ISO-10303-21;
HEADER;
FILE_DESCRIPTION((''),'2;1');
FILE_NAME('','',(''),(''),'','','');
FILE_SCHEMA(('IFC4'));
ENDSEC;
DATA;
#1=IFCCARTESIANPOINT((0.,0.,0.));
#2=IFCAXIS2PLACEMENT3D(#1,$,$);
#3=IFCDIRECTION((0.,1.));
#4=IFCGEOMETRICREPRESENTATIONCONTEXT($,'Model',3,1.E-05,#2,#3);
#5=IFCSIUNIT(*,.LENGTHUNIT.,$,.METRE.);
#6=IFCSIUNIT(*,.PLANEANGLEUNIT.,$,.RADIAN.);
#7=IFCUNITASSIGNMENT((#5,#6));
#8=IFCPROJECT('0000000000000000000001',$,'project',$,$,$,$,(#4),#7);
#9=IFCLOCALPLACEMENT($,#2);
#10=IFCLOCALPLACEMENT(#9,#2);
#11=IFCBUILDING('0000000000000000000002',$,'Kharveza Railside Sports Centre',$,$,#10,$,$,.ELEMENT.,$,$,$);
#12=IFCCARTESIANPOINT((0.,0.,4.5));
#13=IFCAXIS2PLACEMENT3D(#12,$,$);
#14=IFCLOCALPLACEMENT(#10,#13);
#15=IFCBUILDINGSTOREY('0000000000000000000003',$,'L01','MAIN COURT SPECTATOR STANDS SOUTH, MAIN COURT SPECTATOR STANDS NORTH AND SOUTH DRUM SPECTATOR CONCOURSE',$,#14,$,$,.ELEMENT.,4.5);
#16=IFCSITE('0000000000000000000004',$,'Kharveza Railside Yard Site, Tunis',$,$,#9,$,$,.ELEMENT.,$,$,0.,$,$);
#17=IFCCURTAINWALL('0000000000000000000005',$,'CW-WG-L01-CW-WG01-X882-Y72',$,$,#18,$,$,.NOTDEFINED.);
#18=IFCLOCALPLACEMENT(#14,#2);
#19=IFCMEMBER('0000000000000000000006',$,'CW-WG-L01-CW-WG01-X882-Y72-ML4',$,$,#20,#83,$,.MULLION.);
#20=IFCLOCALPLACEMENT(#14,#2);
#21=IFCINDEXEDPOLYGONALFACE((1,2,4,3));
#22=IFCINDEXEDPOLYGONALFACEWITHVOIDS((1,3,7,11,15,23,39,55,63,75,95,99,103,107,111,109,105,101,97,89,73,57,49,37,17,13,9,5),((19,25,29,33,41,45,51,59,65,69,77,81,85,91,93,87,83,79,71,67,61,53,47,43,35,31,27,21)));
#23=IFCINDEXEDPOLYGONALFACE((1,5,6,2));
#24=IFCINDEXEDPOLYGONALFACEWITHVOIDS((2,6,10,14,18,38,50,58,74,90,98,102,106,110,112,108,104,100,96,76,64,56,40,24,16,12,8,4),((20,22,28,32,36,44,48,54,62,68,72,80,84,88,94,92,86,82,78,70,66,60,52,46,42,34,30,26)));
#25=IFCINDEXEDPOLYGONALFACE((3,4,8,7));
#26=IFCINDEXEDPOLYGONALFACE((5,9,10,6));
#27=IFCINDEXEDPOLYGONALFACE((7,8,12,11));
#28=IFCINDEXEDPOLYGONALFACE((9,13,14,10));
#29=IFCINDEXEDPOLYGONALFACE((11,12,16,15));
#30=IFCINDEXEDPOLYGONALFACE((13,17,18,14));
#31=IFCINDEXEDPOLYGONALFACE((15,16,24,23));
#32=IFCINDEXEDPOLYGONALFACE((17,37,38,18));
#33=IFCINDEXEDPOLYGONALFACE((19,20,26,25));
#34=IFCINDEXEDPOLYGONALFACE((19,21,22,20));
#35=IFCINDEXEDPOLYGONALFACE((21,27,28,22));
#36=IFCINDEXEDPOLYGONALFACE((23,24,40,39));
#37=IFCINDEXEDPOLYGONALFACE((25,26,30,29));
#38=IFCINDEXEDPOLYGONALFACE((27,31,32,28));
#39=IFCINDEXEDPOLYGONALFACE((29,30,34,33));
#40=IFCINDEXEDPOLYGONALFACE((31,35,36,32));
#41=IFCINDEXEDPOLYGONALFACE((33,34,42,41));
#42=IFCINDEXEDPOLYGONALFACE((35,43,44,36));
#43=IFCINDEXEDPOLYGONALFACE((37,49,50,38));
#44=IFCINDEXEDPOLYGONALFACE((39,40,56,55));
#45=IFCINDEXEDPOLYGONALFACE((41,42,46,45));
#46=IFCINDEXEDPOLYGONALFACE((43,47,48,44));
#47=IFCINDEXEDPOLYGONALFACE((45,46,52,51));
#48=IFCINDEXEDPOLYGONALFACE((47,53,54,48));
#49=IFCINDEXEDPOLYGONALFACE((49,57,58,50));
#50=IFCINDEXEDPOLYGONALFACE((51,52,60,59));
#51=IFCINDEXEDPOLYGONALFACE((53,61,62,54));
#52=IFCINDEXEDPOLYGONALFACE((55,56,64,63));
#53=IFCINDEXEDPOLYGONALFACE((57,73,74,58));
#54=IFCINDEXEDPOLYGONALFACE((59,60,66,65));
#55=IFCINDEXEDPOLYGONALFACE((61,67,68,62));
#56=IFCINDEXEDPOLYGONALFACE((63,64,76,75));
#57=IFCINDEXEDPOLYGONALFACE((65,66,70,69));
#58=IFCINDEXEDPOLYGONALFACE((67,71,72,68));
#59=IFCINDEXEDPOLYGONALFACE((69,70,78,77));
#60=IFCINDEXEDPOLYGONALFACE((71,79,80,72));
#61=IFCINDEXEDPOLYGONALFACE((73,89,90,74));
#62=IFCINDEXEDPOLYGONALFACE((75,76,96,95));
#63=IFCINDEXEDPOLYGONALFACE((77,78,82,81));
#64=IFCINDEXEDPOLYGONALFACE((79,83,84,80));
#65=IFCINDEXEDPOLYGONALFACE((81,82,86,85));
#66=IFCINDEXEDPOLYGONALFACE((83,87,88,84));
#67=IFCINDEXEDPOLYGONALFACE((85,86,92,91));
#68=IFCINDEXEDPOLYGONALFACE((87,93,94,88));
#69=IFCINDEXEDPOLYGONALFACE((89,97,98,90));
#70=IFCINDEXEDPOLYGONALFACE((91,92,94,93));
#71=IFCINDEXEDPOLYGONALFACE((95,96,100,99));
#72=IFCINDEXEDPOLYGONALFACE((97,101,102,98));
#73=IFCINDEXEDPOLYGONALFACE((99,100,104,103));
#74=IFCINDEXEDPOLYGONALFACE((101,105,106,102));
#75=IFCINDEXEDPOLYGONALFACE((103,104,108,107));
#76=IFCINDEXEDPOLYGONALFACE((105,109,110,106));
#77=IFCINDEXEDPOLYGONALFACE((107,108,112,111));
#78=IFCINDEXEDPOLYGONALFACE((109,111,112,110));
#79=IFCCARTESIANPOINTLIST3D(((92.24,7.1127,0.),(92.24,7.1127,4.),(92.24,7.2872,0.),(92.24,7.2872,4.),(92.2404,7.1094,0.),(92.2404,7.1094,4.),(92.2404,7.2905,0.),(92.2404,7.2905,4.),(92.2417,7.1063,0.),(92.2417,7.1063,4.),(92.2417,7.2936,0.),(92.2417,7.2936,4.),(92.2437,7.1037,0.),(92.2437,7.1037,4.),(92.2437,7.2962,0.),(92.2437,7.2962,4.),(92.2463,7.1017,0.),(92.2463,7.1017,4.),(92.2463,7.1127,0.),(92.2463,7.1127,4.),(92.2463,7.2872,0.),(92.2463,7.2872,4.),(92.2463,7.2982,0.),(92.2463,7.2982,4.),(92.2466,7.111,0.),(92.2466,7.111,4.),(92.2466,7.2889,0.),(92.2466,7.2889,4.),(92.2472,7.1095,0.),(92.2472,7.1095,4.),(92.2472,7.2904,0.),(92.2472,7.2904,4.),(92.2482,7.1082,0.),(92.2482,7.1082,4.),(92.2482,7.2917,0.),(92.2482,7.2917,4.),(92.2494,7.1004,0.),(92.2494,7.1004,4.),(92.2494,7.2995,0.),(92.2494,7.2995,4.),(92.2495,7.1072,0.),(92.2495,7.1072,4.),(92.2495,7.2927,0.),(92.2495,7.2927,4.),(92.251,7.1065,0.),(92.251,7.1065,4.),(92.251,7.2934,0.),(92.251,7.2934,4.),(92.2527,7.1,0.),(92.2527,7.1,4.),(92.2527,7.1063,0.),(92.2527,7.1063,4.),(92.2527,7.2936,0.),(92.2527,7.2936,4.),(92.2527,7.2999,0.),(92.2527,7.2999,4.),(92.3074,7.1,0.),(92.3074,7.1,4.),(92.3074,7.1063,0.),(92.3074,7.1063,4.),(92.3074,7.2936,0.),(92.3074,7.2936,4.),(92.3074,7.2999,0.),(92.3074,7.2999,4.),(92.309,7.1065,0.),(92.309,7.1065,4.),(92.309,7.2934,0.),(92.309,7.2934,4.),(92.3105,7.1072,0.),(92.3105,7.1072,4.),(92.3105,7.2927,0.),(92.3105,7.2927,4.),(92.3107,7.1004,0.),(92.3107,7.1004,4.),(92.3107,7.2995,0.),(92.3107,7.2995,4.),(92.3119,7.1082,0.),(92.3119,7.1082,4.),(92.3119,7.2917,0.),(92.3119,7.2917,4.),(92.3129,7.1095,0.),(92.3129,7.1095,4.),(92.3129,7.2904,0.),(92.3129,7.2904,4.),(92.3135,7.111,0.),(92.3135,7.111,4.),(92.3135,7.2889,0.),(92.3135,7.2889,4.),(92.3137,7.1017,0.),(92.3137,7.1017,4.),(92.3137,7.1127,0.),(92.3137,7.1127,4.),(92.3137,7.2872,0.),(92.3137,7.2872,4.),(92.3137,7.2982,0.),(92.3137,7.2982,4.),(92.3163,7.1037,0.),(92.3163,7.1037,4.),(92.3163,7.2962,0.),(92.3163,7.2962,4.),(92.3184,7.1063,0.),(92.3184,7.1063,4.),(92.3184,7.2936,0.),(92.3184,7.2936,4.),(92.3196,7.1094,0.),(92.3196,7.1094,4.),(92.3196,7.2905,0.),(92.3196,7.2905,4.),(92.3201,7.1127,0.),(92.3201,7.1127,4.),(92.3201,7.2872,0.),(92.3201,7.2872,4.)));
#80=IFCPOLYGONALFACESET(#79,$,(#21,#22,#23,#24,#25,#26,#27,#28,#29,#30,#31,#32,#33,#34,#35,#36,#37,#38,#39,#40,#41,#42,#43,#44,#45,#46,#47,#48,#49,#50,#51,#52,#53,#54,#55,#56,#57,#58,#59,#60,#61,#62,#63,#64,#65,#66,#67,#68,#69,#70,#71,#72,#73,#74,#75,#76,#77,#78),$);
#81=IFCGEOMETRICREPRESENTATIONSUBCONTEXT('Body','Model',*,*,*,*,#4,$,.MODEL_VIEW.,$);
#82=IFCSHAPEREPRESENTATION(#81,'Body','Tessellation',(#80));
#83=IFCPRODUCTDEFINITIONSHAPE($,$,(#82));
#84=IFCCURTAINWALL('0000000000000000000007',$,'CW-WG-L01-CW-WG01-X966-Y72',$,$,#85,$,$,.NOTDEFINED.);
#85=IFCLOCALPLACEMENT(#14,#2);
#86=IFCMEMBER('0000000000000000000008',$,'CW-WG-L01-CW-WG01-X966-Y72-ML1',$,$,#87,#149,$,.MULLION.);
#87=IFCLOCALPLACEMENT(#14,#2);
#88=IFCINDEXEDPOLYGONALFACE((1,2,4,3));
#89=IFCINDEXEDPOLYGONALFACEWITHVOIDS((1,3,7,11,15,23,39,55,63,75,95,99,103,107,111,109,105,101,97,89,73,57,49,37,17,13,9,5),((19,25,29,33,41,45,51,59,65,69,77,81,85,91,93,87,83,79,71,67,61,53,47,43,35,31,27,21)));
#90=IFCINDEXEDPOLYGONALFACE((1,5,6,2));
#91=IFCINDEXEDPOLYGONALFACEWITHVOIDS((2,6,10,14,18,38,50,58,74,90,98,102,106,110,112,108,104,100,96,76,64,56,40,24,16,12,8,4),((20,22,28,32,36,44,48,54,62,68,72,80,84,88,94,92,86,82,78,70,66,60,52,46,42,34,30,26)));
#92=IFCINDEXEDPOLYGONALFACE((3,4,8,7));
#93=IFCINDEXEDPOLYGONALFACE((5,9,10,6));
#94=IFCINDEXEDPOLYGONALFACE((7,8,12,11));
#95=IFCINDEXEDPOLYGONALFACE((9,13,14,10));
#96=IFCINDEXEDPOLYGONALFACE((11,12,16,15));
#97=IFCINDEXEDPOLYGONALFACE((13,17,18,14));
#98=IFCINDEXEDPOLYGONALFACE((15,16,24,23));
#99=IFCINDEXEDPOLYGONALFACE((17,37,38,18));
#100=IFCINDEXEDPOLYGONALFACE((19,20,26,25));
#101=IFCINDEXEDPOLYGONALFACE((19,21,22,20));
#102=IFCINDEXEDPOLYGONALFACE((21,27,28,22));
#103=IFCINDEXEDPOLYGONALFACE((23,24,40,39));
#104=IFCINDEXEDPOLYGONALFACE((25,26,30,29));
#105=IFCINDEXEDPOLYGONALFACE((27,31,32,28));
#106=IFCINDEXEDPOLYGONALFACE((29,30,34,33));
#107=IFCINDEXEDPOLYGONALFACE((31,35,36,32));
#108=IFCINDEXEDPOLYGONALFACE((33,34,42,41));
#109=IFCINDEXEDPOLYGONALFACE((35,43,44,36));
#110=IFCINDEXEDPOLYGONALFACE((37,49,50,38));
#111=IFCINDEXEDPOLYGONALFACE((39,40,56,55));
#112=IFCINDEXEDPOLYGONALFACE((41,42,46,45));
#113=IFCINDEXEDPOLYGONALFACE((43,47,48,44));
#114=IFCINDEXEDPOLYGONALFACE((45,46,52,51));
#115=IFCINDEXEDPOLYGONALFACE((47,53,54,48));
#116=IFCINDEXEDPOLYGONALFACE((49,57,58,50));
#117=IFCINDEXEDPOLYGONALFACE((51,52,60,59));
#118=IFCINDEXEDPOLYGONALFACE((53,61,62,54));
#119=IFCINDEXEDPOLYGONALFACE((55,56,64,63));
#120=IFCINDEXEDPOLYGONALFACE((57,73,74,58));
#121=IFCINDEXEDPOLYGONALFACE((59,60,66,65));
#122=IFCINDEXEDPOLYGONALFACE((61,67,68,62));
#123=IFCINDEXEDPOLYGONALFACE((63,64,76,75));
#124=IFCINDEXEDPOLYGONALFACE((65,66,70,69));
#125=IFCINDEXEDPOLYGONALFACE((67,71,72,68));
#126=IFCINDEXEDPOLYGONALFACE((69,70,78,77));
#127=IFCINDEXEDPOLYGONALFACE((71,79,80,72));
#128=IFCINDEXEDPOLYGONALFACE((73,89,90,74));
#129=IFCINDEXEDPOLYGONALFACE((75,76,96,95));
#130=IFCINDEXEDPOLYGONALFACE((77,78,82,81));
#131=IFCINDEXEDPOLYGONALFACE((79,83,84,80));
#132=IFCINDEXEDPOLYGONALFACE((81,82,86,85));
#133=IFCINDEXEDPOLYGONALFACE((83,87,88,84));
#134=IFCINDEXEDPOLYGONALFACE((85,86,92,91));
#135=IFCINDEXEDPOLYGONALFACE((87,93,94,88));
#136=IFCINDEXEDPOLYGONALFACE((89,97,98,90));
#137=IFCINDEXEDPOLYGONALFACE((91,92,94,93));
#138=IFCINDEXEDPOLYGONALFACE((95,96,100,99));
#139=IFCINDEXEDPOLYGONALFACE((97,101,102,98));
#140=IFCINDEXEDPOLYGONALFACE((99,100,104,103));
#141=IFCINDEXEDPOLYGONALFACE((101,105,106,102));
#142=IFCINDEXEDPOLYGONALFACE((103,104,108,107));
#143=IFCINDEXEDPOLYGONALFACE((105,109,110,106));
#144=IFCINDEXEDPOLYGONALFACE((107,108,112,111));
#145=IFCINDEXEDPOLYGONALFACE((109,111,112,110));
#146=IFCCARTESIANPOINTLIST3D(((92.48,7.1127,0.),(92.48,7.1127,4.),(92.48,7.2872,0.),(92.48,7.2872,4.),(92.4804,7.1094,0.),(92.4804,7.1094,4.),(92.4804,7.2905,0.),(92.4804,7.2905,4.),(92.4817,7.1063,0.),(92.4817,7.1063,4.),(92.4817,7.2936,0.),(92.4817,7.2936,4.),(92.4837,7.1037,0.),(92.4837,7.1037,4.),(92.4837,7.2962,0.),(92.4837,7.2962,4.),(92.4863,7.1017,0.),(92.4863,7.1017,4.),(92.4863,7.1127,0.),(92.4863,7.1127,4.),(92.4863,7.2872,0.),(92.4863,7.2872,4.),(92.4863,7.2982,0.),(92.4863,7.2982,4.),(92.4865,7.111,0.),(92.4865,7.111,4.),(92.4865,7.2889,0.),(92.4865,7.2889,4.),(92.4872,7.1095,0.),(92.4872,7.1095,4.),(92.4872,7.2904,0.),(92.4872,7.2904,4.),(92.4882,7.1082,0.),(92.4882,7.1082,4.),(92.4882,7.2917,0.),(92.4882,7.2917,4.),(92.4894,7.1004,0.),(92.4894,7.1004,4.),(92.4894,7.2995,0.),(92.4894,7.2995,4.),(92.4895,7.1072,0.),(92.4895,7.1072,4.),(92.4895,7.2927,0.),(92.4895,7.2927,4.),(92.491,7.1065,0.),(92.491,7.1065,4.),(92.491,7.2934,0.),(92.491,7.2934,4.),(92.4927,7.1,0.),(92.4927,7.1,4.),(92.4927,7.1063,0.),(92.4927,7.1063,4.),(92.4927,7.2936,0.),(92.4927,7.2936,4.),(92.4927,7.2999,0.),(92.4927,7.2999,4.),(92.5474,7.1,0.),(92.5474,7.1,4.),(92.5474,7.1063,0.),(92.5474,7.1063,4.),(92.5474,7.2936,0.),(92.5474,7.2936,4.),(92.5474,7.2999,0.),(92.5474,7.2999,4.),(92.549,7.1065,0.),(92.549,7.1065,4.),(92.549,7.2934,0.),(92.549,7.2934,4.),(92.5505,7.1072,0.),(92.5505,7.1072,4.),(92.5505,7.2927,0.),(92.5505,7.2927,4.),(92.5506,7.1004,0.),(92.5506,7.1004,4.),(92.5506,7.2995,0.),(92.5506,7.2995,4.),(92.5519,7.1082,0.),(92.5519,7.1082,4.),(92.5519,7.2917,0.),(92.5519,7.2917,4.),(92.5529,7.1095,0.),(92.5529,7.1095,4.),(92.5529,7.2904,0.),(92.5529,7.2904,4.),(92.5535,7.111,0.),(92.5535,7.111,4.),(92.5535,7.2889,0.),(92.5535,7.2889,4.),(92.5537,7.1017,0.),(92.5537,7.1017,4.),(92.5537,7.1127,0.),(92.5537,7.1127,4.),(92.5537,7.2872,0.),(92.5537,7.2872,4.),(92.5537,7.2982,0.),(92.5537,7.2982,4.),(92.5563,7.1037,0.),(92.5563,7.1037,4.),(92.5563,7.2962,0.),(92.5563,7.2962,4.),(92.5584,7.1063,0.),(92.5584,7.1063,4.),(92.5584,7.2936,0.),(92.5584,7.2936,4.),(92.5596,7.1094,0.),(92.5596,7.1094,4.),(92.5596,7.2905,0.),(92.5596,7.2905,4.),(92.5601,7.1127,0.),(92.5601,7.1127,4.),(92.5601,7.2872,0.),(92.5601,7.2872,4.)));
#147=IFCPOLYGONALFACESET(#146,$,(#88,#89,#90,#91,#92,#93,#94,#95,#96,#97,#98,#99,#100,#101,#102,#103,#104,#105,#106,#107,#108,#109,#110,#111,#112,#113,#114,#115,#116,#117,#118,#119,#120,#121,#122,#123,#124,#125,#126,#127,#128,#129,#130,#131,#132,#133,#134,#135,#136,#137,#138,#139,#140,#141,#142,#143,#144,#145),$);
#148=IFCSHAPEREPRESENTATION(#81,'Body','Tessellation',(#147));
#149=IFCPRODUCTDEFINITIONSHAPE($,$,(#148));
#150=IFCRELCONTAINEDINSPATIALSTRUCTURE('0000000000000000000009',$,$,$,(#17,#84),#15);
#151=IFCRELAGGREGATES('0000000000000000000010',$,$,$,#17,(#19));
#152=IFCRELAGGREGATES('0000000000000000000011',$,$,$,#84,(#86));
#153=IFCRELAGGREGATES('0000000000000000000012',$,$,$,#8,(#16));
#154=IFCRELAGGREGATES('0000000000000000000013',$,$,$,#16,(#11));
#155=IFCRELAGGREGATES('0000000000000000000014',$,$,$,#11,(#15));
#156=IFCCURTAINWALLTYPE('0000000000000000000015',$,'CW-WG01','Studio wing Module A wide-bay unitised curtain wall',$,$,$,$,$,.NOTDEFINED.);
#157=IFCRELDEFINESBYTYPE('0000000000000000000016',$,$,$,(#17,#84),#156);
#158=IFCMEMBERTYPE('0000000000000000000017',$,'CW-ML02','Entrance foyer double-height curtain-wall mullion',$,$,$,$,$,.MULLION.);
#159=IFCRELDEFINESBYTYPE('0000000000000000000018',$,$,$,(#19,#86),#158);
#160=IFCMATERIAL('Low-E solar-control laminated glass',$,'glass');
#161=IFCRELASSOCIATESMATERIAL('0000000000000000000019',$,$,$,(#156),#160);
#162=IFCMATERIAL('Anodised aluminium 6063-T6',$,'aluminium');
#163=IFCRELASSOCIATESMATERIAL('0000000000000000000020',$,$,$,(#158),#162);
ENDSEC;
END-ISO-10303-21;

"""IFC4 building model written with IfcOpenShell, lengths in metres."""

from ifc_helpers import new_model, si_unit, direction, frame, origin, origin_2d, place, context, subcontext, project, spatial, hollow_rectangle, extrude, material, material_profile, profile_set, type_object, element, aggregate, save


model = new_model("IFC4")

# Units and contexts
model_context = context("Model", 3, precision=1e-05, world=origin(), true_north=direction((0.0, 1.0)))
body_context = subcontext(model_context, "Body", "Model", "MODEL_VIEW")
ifc_project = project(units=[si_unit("LENGTHUNIT", "METRE"), si_unit("PLANEANGLEUNIT", "RADIAN")], contexts=[model_context])

# Site, building, storey
site_placement = place(None, origin())
site = spatial("IfcSite", under=ifc_project, at=site_placement, Name="Kharveza Railside Yard Site, Tunis", CompositionType="ELEMENT", RefElevation=0.0)
building_placement = place(site_placement, origin())
building = spatial("IfcBuilding", under=site, at=building_placement, Name="Kharveza Railside Sports Centre", CompositionType="ELEMENT")
storey_placement = place(building_placement, frame((0.0, 0.0, 4.5)))
storey = spatial("IfcBuildingStorey", under=building, at=storey_placement, Name="L01", Description="MAIN COURT SPECTATOR STANDS SOUTH, MAIN COURT SPECTATOR STANDS NORTH AND SOUTH DRUM SPECTATOR CONCOURSE", CompositionType="ELEMENT", Elevation=4.5)

# Curtain walls, members
ifc_material_1 = material(Name="Low-E solar-control laminated glass", Category="glass")
curtain_wall_type = type_object("IfcCurtainWallType", Name="CW-WG01", Description="Studio wing Module A wide-bay unitised curtain wall", PredefinedType="NOTDEFINED", material=ifc_material_1)
curtain_wall_1_placement = place(storey_placement, origin())
curtain_wall_1 = element("IfcCurtainWall", 1, at=curtain_wall_1_placement, inside=storey, type_object=curtain_wall_type, Name="CW-WG-L01-CW-WG01-X882-Y72", PredefinedType="NOTDEFINED")
ifc_material_2 = material(Name="Anodised aluminium 6063-T6", Category="aluminium")
ifc_material_profile_1 = material_profile(ifc_material_2, hollow_rectangle(XDim=0.0801, YDim=0.2, WallThickness=0.0063, InnerFilletRadius=0.0063, OuterFilletRadius=0.0127, at=origin_2d()), Name="RHS 80x200x6.3")
ifc_profile_set_1 = profile_set([ifc_material_profile_1], Name="Anodised aluminium 6063-T6")
member_type_1 = type_object("IfcMemberType", Name="CW-ML02", Description="Entrance foyer double-height curtain-wall mullion", PredefinedType="MULLION", material=ifc_profile_set_1)
member_1_placement = place(storey_placement, frame((92.28, 7.2, 0.0), z_axis=(0.0, 0.0, 1.0), x_axis=(1.0, 0.0, 0.0)))
member_1 = element("IfcMember", 2, at=member_1_placement, type_object=member_type_1, Name="CW-WG-L01-CW-WG01-X882-Y72-ML4", PredefinedType="MULLION", context=body_context, shape_type="SweptSolid", body=[
    extrude(hollow_rectangle(XDim=0.0801, YDim=0.2, WallThickness=0.0063, InnerFilletRadius=0.0063, OuterFilletRadius=0.0127, at=origin_2d()), origin(), (0.0, 0.0, 1.0), 4.0),
])
curtain_wall_2_placement = place(storey_placement, origin())
curtain_wall_2 = element("IfcCurtainWall", 3, at=curtain_wall_2_placement, inside=storey, type_object=curtain_wall_type, Name="CW-WG-L01-CW-WG01-X966-Y72", PredefinedType="NOTDEFINED")
member_2_placement = place(storey_placement, frame((92.52, 7.2, 0.0), z_axis=(0.0, 0.0, 1.0), x_axis=(1.0, 0.0, 0.0)))
member_2 = element("IfcMember", 4, at=member_2_placement, type_object=member_type_1, Name="CW-WG-L01-CW-WG01-X966-Y72-ML1", PredefinedType="MULLION", context=body_context, shape_type="SweptSolid", body=[
    extrude(hollow_rectangle(XDim=0.0801, YDim=0.2, WallThickness=0.0063, InnerFilletRadius=0.0063, OuterFilletRadius=0.0127, at=origin_2d()), origin(), (0.0, 0.0, 1.0), 4.0),
])

aggregate(curtain_wall_1, [member_1])
aggregate(curtain_wall_2, [member_2])

save(model, "model.ifc")
